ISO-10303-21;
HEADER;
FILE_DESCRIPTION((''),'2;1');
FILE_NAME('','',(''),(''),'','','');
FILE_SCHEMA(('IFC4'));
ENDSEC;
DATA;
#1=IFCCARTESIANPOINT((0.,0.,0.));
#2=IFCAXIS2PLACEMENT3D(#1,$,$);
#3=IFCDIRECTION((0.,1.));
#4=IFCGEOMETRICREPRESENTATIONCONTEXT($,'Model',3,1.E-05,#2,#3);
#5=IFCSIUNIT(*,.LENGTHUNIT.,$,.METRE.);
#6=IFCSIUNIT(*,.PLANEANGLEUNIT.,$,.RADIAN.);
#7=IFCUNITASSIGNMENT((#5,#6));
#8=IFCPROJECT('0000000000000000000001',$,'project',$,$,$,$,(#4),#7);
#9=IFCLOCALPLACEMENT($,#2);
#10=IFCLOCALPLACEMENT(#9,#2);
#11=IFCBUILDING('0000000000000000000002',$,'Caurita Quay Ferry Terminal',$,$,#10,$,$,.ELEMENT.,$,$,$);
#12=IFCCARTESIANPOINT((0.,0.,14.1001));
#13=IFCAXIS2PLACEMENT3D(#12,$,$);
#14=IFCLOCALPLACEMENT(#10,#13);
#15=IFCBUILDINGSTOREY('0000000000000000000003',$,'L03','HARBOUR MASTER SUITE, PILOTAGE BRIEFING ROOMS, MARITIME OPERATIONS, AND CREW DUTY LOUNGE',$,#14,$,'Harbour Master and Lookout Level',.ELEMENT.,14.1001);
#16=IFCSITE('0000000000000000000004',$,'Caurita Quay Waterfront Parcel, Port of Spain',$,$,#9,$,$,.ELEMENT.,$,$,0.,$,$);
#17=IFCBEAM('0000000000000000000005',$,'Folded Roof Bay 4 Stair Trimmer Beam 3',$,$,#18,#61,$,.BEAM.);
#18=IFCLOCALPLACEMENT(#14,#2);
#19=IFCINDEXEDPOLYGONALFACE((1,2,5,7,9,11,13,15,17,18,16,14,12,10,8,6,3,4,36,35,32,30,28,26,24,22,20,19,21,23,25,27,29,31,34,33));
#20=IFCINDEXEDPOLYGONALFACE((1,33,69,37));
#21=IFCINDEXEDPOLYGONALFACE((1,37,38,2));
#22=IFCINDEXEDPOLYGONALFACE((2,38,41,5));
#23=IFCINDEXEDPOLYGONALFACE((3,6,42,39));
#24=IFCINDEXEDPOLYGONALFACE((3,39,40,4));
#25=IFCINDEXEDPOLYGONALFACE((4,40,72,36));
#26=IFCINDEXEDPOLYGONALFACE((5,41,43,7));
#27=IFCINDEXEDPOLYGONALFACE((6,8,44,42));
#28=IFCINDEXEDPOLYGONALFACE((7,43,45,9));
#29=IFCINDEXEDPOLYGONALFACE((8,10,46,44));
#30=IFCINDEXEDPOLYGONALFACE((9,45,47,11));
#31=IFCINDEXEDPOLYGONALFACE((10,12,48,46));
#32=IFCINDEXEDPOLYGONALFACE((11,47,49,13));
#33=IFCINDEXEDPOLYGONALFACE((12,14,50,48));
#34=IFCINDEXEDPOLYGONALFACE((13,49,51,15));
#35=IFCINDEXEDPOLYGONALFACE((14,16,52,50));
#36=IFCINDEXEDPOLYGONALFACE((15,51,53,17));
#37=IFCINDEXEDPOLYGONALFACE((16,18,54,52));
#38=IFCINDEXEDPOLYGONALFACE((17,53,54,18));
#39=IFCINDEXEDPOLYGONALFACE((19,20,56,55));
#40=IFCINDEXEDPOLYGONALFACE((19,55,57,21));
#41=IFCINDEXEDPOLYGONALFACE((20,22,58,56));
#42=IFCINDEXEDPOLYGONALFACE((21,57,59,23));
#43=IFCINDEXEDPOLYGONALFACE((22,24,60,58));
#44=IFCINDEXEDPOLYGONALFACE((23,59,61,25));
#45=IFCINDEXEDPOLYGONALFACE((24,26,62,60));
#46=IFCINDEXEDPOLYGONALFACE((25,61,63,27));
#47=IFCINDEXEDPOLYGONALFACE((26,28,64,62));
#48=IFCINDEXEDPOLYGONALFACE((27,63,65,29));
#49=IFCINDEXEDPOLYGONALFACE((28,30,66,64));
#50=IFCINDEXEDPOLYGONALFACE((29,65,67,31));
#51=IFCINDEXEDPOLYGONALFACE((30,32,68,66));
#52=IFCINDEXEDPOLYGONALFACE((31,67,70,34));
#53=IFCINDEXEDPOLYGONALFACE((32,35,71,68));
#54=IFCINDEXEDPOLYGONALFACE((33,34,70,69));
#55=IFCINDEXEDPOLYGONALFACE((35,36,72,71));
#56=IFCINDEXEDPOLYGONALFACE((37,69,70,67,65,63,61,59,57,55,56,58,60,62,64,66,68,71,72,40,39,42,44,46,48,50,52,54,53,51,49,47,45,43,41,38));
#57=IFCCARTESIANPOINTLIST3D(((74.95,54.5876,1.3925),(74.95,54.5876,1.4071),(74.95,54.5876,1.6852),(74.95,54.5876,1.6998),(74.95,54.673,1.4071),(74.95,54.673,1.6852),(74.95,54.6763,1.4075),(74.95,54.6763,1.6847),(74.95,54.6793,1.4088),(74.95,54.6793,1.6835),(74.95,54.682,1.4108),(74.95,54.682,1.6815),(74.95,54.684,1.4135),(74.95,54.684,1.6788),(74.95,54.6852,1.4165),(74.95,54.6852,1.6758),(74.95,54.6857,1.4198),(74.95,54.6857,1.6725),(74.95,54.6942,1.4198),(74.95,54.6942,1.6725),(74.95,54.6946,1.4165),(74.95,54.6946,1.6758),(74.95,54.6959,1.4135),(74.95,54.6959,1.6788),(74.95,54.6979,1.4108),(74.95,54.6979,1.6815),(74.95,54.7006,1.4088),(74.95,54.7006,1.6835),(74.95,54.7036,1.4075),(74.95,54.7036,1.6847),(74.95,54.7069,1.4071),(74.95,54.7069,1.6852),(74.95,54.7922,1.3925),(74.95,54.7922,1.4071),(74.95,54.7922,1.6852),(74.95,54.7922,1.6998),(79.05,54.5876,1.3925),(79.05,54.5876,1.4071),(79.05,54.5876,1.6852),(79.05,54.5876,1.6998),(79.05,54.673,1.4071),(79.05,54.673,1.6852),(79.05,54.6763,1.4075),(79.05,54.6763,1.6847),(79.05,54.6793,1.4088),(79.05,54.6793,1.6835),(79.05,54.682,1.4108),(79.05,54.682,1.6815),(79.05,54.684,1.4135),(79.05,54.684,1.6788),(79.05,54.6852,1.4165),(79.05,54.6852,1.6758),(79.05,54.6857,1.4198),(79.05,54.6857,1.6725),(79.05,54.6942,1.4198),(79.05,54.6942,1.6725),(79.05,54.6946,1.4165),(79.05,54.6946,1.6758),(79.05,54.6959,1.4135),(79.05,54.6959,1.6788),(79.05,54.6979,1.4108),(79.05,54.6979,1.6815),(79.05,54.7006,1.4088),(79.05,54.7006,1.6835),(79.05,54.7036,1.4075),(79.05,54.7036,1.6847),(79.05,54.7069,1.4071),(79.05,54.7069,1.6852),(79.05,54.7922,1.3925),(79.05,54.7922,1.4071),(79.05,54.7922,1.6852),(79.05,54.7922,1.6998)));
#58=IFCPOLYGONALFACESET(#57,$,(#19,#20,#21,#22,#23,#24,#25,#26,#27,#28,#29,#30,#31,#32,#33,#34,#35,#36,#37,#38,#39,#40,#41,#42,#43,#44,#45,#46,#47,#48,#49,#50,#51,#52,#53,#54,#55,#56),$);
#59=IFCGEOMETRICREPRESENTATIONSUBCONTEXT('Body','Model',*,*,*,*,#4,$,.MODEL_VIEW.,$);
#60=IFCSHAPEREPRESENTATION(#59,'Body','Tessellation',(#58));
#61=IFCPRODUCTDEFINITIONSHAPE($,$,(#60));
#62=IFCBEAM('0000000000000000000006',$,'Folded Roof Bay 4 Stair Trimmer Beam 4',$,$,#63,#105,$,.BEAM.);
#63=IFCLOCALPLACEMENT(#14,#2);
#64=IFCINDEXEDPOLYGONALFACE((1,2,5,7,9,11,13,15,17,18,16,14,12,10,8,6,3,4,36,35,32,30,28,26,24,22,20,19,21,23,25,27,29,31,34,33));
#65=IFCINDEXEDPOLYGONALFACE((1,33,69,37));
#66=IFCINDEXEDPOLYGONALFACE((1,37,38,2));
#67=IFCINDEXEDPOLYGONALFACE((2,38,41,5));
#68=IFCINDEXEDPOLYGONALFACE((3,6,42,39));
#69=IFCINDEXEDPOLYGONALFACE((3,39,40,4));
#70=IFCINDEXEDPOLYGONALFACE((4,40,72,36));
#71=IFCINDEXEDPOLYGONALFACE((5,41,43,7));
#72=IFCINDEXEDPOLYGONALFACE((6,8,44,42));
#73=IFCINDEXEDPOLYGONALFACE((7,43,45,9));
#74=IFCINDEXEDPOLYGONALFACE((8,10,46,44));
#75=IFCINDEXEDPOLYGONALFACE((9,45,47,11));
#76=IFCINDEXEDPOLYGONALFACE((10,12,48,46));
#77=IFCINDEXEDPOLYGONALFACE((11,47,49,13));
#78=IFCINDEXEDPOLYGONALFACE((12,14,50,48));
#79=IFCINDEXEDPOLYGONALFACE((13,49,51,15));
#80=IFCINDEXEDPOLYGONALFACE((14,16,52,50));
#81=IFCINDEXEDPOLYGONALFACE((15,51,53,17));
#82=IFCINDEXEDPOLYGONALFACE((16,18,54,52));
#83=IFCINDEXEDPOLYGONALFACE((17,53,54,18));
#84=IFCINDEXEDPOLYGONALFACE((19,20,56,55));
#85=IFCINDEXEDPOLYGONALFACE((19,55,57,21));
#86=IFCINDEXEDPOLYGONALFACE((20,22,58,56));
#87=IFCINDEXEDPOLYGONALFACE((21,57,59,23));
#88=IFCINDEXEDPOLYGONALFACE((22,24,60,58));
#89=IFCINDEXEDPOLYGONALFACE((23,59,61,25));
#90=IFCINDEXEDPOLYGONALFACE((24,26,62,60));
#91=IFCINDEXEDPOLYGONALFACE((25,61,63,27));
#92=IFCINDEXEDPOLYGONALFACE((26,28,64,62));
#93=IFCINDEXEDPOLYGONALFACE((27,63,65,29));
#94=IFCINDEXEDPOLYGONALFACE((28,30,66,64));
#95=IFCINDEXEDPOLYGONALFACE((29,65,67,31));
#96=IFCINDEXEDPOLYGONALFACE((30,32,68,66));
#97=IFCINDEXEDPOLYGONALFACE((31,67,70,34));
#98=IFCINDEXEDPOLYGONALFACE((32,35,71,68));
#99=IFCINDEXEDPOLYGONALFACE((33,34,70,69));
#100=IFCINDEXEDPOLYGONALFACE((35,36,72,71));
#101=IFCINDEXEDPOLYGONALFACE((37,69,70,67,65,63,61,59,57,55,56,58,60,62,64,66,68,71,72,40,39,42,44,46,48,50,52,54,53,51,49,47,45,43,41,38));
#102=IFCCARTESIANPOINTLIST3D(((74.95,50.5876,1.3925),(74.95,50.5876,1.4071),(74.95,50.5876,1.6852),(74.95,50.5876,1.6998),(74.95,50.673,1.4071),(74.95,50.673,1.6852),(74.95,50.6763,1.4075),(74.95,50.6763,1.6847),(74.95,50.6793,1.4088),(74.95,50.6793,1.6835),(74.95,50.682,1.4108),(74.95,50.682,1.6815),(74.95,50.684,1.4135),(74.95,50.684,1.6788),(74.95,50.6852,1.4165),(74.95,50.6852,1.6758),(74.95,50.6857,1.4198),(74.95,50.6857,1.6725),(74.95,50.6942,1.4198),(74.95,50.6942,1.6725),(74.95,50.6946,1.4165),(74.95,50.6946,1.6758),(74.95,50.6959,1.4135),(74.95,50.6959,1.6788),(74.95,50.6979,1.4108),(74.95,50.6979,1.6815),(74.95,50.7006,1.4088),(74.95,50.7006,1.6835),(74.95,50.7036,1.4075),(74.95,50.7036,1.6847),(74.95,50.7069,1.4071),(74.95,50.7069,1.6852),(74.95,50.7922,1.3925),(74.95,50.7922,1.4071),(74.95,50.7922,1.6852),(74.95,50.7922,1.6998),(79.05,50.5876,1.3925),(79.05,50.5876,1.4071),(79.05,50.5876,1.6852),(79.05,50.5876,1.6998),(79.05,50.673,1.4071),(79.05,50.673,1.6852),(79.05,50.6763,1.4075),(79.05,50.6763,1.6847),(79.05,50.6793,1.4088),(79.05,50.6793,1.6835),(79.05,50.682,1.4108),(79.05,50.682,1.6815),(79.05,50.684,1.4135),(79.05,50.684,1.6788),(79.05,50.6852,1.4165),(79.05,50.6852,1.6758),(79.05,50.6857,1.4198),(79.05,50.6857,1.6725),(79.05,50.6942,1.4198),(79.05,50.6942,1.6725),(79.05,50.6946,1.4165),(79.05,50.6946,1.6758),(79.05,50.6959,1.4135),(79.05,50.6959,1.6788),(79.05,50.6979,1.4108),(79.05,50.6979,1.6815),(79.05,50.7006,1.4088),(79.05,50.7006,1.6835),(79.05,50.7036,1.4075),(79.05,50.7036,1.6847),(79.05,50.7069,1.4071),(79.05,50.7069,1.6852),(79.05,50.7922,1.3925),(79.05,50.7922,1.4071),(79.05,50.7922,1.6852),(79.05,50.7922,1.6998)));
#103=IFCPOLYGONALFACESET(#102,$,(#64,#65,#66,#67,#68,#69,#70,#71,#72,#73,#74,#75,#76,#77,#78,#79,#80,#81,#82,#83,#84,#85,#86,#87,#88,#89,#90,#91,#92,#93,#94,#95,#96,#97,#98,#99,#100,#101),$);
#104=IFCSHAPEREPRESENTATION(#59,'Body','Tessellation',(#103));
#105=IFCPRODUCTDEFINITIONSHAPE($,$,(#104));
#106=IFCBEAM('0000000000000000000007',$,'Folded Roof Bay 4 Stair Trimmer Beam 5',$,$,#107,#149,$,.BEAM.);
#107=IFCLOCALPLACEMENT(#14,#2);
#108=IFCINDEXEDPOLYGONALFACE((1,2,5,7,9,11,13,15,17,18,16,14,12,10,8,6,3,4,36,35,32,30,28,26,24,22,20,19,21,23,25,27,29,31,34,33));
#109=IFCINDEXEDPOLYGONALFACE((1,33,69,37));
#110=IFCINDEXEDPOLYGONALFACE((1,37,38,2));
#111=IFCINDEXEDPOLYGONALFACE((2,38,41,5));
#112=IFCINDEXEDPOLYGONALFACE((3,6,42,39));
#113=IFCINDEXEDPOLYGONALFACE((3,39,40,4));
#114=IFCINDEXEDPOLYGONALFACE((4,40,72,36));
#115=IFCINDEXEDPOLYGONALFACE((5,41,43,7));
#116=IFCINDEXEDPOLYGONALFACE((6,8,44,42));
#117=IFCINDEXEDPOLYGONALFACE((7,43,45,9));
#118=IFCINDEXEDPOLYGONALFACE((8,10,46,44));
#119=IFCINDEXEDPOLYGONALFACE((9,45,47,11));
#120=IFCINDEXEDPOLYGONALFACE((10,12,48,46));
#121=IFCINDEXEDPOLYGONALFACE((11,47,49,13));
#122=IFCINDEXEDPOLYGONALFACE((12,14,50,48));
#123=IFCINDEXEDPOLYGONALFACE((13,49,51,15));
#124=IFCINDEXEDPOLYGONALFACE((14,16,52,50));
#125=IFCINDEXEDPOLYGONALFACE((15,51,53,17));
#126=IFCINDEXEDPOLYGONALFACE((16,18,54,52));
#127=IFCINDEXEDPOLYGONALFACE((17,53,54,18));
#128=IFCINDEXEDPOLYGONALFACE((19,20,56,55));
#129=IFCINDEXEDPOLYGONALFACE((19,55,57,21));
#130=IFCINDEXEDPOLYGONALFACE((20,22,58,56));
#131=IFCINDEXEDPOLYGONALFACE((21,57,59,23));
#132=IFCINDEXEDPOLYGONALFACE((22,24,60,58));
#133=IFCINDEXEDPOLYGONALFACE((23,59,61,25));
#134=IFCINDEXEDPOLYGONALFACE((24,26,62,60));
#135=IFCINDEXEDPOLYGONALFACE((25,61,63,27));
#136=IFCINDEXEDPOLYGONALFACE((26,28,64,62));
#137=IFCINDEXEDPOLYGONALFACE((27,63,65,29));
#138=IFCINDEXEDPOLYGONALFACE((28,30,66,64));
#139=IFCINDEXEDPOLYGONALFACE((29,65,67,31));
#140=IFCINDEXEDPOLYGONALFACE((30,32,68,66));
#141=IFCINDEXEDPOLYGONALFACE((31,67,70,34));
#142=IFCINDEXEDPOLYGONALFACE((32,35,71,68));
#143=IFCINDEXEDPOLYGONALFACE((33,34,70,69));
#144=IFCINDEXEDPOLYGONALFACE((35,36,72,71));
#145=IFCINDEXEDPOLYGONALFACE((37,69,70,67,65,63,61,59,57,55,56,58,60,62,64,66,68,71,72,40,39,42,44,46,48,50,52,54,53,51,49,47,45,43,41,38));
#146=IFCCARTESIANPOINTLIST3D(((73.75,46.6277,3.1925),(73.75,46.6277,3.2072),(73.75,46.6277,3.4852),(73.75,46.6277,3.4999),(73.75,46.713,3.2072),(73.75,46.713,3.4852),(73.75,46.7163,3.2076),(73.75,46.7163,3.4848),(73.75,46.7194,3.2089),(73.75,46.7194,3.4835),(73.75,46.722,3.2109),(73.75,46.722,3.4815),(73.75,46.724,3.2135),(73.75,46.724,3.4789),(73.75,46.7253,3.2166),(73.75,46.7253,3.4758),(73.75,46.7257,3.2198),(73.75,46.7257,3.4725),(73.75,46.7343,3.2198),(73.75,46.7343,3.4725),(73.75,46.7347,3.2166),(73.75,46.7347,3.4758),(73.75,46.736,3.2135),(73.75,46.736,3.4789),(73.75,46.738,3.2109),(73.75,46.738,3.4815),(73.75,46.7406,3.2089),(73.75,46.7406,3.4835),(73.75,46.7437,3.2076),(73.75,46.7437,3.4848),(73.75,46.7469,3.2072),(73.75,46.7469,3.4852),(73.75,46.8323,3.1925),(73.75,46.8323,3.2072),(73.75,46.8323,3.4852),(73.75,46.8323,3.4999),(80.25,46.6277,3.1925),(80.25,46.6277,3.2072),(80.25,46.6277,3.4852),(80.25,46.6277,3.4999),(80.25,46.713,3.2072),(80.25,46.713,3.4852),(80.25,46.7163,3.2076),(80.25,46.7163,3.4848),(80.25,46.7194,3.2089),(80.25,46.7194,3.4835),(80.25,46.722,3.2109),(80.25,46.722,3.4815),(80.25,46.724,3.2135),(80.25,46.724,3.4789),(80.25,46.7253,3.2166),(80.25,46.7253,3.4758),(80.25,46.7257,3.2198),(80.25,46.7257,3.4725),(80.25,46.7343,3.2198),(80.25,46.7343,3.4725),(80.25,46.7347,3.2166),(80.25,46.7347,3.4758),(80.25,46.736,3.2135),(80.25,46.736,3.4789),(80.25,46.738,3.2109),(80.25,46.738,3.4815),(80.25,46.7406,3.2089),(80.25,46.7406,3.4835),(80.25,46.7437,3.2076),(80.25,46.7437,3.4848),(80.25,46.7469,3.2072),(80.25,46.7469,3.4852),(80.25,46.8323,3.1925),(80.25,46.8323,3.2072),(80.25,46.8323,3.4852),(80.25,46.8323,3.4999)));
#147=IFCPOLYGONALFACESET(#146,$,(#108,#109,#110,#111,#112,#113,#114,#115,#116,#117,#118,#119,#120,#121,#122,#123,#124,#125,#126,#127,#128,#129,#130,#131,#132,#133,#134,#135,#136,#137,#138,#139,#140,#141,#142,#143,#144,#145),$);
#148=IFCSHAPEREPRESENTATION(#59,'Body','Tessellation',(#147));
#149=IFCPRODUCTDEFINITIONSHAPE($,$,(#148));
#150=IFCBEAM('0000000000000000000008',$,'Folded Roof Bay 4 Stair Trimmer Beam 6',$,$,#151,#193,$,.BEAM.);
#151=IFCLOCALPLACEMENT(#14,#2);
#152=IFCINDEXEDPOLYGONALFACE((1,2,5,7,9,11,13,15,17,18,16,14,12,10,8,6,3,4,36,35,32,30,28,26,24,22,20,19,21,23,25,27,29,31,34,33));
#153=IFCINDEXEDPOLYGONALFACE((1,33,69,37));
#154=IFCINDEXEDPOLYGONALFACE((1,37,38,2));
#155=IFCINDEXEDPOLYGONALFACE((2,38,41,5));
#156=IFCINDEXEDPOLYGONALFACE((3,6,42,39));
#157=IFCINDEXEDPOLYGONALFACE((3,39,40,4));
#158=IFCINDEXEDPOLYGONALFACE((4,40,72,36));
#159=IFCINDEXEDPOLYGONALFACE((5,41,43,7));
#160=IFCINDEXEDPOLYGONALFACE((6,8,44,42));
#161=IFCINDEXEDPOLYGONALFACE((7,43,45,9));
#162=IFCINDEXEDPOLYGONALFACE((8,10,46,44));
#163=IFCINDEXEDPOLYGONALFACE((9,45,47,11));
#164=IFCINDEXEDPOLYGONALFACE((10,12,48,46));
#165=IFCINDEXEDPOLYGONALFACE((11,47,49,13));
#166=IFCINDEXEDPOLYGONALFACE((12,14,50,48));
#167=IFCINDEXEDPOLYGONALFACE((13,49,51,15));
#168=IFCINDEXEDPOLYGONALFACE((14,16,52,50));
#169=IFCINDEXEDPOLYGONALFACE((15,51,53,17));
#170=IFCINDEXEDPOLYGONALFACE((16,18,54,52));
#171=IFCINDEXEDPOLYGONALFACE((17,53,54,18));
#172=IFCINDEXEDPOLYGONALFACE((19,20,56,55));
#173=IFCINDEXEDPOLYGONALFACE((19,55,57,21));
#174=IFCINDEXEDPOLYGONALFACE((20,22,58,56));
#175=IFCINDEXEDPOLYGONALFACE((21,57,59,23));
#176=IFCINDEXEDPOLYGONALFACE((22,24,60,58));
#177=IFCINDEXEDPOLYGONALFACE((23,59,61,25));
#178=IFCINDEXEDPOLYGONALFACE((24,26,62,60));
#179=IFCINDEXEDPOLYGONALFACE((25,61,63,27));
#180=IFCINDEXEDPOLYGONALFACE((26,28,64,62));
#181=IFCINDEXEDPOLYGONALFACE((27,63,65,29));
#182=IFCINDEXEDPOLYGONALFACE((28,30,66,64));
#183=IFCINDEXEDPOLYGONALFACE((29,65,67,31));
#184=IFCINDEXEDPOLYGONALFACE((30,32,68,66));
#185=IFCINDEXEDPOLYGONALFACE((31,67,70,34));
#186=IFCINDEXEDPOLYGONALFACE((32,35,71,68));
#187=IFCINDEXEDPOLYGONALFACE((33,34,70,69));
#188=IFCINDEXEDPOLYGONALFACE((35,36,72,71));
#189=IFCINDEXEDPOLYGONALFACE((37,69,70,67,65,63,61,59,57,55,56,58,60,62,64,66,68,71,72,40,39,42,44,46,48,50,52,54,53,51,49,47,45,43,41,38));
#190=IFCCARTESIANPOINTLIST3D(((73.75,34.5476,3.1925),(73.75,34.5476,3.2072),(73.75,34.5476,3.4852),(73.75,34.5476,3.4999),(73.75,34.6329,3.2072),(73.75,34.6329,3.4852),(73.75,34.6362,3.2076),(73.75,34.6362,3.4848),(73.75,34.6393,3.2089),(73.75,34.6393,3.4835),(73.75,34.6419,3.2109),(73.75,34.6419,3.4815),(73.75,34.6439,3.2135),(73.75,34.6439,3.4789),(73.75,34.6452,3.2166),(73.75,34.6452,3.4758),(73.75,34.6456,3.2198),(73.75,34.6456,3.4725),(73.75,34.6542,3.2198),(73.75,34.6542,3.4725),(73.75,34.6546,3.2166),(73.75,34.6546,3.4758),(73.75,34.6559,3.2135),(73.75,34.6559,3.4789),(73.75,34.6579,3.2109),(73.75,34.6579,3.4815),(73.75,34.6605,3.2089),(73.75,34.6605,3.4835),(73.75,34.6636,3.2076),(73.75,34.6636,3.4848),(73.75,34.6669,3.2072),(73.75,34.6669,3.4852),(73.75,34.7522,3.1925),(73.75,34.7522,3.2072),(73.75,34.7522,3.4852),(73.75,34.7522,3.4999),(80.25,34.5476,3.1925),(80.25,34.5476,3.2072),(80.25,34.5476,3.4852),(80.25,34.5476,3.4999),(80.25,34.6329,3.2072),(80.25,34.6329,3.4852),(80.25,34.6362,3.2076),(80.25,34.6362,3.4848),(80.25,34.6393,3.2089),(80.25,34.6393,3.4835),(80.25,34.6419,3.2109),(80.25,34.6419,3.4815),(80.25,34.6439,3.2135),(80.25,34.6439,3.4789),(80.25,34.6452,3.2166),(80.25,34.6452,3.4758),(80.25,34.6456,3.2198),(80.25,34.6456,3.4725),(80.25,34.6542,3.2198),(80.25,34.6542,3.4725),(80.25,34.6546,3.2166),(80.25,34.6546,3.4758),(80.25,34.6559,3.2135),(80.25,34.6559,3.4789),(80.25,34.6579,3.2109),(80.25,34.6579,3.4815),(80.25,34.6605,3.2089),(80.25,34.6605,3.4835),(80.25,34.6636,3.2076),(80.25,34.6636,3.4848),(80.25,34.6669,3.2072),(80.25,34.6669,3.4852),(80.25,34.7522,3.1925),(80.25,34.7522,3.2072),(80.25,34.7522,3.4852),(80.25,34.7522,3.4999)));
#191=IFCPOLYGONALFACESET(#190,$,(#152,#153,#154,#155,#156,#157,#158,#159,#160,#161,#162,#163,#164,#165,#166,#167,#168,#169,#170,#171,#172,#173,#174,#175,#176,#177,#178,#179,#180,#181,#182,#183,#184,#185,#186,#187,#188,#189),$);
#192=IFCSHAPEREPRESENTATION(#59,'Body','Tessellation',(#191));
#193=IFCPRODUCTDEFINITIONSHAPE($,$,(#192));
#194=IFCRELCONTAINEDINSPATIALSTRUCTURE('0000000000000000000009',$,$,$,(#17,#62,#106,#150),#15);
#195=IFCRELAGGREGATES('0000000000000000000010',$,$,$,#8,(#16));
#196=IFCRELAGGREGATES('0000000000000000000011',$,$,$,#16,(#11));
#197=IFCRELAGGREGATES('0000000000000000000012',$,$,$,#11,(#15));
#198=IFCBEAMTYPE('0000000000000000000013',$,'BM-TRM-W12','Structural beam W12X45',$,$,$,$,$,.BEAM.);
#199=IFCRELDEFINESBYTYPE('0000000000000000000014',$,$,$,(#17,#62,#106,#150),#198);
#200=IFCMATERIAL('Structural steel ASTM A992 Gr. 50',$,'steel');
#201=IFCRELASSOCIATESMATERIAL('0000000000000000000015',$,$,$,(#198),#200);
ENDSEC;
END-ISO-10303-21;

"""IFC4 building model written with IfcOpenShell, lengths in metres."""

from ifc_helpers import new_model, si_unit, direction, frame, origin, origin_2d, place, context, subcontext, project, spatial, i_section, extrude, material, material_profile, profile_set, type_object, element, save


model = new_model("IFC4")

# Units and contexts
model_context = context("Model", 3, precision=1e-05, world=origin(), true_north=direction((0.0, 1.0)))
body_context = subcontext(model_context, "Body", "Model", "MODEL_VIEW")
ifc_project = project(units=[si_unit("LENGTHUNIT", "METRE"), si_unit("PLANEANGLEUNIT", "RADIAN")], contexts=[model_context])

# Site, building, storey
site_placement = place(None, origin())
site = spatial("IfcSite", under=ifc_project, at=site_placement, Name="Caurita Quay Waterfront Parcel, Port of Spain", CompositionType="ELEMENT", RefElevation=0.0)
building_placement = place(site_placement, origin())
building = spatial("IfcBuilding", under=site, at=building_placement, Name="Caurita Quay Ferry Terminal", CompositionType="ELEMENT")
storey_placement = place(building_placement, frame((0.0, 0.0, 14.1001)))
storey = spatial("IfcBuildingStorey", under=building, at=storey_placement, Name="L03", Description="HARBOUR MASTER SUITE, PILOTAGE BRIEFING ROOMS, MARITIME OPERATIONS, AND CREW DUTY LOUNGE", LongName="Harbour Master and Lookout Level", CompositionType="ELEMENT", Elevation=14.1001)

# Beams
ifc_material_1 = material(Name="Structural steel ASTM A992 Gr. 50", Category="steel")
ifc_material_profile_1 = material_profile(ifc_material_1, i_section(OverallWidth=0.2046, OverallDepth=0.3074, WebThickness=0.0085, FlangeThickness=0.0146, FilletRadius=0.0127, at=origin_2d()), Name="W12X45")
ifc_profile_set_1 = profile_set([ifc_material_profile_1], Name="Structural steel ASTM A992 Gr. 50")
beam_type_1 = type_object("IfcBeamType", Name="BM-TRM-W12", Description="Structural beam W12X45", PredefinedType="BEAM", material=ifc_profile_set_1)
for number, where, z_axis, x_axis, name in (
    (1, (74.95, 54.6899, 1.5461), (1.0, 0.0, 0.0), (0.0, 1.0, 0.0), "Folded Roof Bay 4 Stair Trimmer Beam 3"),
    (2, (74.95, 50.6899, 1.5461), (1.0, 0.0, 0.0), (0.0, 1.0, 0.0), "Folded Roof Bay 4 Stair Trimmer Beam 4"),
):
    element("IfcBeam", number, at=place(storey_placement, frame(where, z_axis=z_axis, x_axis=x_axis)), inside=storey, type_object=beam_type_1, Name=name, PredefinedType="BEAM", context=body_context, shape_type="SweptSolid", body=[
        extrude(i_section(OverallWidth=0.2046, OverallDepth=0.3074, WebThickness=0.0085, FlangeThickness=0.0146, FilletRadius=0.0127, at=origin_2d()), origin(), (0.0, 0.0, 1.0), 4.1001),
    ])
for number, where, z_axis, x_axis, name in (
    (3, (73.75, 46.73, 3.3462), (1.0, 0.0, 0.0), (0.0, 1.0, 0.0), "Folded Roof Bay 4 Stair Trimmer Beam 5"),
    (4, (73.75, 34.6499, 3.3462), (1.0, 0.0, 0.0), (0.0, 1.0, 0.0), "Folded Roof Bay 4 Stair Trimmer Beam 6"),
):
    element("IfcBeam", number, at=place(storey_placement, frame(where, z_axis=z_axis, x_axis=x_axis)), inside=storey, type_object=beam_type_1, Name=name, PredefinedType="BEAM", context=body_context, shape_type="SweptSolid", body=[
        extrude(i_section(OverallWidth=0.2046, OverallDepth=0.3074, WebThickness=0.0085, FlangeThickness=0.0146, FilletRadius=0.0127, at=origin_2d()), origin(), (0.0, 0.0, 1.0), 6.5),
    ])

save(model, "model.ifc")
